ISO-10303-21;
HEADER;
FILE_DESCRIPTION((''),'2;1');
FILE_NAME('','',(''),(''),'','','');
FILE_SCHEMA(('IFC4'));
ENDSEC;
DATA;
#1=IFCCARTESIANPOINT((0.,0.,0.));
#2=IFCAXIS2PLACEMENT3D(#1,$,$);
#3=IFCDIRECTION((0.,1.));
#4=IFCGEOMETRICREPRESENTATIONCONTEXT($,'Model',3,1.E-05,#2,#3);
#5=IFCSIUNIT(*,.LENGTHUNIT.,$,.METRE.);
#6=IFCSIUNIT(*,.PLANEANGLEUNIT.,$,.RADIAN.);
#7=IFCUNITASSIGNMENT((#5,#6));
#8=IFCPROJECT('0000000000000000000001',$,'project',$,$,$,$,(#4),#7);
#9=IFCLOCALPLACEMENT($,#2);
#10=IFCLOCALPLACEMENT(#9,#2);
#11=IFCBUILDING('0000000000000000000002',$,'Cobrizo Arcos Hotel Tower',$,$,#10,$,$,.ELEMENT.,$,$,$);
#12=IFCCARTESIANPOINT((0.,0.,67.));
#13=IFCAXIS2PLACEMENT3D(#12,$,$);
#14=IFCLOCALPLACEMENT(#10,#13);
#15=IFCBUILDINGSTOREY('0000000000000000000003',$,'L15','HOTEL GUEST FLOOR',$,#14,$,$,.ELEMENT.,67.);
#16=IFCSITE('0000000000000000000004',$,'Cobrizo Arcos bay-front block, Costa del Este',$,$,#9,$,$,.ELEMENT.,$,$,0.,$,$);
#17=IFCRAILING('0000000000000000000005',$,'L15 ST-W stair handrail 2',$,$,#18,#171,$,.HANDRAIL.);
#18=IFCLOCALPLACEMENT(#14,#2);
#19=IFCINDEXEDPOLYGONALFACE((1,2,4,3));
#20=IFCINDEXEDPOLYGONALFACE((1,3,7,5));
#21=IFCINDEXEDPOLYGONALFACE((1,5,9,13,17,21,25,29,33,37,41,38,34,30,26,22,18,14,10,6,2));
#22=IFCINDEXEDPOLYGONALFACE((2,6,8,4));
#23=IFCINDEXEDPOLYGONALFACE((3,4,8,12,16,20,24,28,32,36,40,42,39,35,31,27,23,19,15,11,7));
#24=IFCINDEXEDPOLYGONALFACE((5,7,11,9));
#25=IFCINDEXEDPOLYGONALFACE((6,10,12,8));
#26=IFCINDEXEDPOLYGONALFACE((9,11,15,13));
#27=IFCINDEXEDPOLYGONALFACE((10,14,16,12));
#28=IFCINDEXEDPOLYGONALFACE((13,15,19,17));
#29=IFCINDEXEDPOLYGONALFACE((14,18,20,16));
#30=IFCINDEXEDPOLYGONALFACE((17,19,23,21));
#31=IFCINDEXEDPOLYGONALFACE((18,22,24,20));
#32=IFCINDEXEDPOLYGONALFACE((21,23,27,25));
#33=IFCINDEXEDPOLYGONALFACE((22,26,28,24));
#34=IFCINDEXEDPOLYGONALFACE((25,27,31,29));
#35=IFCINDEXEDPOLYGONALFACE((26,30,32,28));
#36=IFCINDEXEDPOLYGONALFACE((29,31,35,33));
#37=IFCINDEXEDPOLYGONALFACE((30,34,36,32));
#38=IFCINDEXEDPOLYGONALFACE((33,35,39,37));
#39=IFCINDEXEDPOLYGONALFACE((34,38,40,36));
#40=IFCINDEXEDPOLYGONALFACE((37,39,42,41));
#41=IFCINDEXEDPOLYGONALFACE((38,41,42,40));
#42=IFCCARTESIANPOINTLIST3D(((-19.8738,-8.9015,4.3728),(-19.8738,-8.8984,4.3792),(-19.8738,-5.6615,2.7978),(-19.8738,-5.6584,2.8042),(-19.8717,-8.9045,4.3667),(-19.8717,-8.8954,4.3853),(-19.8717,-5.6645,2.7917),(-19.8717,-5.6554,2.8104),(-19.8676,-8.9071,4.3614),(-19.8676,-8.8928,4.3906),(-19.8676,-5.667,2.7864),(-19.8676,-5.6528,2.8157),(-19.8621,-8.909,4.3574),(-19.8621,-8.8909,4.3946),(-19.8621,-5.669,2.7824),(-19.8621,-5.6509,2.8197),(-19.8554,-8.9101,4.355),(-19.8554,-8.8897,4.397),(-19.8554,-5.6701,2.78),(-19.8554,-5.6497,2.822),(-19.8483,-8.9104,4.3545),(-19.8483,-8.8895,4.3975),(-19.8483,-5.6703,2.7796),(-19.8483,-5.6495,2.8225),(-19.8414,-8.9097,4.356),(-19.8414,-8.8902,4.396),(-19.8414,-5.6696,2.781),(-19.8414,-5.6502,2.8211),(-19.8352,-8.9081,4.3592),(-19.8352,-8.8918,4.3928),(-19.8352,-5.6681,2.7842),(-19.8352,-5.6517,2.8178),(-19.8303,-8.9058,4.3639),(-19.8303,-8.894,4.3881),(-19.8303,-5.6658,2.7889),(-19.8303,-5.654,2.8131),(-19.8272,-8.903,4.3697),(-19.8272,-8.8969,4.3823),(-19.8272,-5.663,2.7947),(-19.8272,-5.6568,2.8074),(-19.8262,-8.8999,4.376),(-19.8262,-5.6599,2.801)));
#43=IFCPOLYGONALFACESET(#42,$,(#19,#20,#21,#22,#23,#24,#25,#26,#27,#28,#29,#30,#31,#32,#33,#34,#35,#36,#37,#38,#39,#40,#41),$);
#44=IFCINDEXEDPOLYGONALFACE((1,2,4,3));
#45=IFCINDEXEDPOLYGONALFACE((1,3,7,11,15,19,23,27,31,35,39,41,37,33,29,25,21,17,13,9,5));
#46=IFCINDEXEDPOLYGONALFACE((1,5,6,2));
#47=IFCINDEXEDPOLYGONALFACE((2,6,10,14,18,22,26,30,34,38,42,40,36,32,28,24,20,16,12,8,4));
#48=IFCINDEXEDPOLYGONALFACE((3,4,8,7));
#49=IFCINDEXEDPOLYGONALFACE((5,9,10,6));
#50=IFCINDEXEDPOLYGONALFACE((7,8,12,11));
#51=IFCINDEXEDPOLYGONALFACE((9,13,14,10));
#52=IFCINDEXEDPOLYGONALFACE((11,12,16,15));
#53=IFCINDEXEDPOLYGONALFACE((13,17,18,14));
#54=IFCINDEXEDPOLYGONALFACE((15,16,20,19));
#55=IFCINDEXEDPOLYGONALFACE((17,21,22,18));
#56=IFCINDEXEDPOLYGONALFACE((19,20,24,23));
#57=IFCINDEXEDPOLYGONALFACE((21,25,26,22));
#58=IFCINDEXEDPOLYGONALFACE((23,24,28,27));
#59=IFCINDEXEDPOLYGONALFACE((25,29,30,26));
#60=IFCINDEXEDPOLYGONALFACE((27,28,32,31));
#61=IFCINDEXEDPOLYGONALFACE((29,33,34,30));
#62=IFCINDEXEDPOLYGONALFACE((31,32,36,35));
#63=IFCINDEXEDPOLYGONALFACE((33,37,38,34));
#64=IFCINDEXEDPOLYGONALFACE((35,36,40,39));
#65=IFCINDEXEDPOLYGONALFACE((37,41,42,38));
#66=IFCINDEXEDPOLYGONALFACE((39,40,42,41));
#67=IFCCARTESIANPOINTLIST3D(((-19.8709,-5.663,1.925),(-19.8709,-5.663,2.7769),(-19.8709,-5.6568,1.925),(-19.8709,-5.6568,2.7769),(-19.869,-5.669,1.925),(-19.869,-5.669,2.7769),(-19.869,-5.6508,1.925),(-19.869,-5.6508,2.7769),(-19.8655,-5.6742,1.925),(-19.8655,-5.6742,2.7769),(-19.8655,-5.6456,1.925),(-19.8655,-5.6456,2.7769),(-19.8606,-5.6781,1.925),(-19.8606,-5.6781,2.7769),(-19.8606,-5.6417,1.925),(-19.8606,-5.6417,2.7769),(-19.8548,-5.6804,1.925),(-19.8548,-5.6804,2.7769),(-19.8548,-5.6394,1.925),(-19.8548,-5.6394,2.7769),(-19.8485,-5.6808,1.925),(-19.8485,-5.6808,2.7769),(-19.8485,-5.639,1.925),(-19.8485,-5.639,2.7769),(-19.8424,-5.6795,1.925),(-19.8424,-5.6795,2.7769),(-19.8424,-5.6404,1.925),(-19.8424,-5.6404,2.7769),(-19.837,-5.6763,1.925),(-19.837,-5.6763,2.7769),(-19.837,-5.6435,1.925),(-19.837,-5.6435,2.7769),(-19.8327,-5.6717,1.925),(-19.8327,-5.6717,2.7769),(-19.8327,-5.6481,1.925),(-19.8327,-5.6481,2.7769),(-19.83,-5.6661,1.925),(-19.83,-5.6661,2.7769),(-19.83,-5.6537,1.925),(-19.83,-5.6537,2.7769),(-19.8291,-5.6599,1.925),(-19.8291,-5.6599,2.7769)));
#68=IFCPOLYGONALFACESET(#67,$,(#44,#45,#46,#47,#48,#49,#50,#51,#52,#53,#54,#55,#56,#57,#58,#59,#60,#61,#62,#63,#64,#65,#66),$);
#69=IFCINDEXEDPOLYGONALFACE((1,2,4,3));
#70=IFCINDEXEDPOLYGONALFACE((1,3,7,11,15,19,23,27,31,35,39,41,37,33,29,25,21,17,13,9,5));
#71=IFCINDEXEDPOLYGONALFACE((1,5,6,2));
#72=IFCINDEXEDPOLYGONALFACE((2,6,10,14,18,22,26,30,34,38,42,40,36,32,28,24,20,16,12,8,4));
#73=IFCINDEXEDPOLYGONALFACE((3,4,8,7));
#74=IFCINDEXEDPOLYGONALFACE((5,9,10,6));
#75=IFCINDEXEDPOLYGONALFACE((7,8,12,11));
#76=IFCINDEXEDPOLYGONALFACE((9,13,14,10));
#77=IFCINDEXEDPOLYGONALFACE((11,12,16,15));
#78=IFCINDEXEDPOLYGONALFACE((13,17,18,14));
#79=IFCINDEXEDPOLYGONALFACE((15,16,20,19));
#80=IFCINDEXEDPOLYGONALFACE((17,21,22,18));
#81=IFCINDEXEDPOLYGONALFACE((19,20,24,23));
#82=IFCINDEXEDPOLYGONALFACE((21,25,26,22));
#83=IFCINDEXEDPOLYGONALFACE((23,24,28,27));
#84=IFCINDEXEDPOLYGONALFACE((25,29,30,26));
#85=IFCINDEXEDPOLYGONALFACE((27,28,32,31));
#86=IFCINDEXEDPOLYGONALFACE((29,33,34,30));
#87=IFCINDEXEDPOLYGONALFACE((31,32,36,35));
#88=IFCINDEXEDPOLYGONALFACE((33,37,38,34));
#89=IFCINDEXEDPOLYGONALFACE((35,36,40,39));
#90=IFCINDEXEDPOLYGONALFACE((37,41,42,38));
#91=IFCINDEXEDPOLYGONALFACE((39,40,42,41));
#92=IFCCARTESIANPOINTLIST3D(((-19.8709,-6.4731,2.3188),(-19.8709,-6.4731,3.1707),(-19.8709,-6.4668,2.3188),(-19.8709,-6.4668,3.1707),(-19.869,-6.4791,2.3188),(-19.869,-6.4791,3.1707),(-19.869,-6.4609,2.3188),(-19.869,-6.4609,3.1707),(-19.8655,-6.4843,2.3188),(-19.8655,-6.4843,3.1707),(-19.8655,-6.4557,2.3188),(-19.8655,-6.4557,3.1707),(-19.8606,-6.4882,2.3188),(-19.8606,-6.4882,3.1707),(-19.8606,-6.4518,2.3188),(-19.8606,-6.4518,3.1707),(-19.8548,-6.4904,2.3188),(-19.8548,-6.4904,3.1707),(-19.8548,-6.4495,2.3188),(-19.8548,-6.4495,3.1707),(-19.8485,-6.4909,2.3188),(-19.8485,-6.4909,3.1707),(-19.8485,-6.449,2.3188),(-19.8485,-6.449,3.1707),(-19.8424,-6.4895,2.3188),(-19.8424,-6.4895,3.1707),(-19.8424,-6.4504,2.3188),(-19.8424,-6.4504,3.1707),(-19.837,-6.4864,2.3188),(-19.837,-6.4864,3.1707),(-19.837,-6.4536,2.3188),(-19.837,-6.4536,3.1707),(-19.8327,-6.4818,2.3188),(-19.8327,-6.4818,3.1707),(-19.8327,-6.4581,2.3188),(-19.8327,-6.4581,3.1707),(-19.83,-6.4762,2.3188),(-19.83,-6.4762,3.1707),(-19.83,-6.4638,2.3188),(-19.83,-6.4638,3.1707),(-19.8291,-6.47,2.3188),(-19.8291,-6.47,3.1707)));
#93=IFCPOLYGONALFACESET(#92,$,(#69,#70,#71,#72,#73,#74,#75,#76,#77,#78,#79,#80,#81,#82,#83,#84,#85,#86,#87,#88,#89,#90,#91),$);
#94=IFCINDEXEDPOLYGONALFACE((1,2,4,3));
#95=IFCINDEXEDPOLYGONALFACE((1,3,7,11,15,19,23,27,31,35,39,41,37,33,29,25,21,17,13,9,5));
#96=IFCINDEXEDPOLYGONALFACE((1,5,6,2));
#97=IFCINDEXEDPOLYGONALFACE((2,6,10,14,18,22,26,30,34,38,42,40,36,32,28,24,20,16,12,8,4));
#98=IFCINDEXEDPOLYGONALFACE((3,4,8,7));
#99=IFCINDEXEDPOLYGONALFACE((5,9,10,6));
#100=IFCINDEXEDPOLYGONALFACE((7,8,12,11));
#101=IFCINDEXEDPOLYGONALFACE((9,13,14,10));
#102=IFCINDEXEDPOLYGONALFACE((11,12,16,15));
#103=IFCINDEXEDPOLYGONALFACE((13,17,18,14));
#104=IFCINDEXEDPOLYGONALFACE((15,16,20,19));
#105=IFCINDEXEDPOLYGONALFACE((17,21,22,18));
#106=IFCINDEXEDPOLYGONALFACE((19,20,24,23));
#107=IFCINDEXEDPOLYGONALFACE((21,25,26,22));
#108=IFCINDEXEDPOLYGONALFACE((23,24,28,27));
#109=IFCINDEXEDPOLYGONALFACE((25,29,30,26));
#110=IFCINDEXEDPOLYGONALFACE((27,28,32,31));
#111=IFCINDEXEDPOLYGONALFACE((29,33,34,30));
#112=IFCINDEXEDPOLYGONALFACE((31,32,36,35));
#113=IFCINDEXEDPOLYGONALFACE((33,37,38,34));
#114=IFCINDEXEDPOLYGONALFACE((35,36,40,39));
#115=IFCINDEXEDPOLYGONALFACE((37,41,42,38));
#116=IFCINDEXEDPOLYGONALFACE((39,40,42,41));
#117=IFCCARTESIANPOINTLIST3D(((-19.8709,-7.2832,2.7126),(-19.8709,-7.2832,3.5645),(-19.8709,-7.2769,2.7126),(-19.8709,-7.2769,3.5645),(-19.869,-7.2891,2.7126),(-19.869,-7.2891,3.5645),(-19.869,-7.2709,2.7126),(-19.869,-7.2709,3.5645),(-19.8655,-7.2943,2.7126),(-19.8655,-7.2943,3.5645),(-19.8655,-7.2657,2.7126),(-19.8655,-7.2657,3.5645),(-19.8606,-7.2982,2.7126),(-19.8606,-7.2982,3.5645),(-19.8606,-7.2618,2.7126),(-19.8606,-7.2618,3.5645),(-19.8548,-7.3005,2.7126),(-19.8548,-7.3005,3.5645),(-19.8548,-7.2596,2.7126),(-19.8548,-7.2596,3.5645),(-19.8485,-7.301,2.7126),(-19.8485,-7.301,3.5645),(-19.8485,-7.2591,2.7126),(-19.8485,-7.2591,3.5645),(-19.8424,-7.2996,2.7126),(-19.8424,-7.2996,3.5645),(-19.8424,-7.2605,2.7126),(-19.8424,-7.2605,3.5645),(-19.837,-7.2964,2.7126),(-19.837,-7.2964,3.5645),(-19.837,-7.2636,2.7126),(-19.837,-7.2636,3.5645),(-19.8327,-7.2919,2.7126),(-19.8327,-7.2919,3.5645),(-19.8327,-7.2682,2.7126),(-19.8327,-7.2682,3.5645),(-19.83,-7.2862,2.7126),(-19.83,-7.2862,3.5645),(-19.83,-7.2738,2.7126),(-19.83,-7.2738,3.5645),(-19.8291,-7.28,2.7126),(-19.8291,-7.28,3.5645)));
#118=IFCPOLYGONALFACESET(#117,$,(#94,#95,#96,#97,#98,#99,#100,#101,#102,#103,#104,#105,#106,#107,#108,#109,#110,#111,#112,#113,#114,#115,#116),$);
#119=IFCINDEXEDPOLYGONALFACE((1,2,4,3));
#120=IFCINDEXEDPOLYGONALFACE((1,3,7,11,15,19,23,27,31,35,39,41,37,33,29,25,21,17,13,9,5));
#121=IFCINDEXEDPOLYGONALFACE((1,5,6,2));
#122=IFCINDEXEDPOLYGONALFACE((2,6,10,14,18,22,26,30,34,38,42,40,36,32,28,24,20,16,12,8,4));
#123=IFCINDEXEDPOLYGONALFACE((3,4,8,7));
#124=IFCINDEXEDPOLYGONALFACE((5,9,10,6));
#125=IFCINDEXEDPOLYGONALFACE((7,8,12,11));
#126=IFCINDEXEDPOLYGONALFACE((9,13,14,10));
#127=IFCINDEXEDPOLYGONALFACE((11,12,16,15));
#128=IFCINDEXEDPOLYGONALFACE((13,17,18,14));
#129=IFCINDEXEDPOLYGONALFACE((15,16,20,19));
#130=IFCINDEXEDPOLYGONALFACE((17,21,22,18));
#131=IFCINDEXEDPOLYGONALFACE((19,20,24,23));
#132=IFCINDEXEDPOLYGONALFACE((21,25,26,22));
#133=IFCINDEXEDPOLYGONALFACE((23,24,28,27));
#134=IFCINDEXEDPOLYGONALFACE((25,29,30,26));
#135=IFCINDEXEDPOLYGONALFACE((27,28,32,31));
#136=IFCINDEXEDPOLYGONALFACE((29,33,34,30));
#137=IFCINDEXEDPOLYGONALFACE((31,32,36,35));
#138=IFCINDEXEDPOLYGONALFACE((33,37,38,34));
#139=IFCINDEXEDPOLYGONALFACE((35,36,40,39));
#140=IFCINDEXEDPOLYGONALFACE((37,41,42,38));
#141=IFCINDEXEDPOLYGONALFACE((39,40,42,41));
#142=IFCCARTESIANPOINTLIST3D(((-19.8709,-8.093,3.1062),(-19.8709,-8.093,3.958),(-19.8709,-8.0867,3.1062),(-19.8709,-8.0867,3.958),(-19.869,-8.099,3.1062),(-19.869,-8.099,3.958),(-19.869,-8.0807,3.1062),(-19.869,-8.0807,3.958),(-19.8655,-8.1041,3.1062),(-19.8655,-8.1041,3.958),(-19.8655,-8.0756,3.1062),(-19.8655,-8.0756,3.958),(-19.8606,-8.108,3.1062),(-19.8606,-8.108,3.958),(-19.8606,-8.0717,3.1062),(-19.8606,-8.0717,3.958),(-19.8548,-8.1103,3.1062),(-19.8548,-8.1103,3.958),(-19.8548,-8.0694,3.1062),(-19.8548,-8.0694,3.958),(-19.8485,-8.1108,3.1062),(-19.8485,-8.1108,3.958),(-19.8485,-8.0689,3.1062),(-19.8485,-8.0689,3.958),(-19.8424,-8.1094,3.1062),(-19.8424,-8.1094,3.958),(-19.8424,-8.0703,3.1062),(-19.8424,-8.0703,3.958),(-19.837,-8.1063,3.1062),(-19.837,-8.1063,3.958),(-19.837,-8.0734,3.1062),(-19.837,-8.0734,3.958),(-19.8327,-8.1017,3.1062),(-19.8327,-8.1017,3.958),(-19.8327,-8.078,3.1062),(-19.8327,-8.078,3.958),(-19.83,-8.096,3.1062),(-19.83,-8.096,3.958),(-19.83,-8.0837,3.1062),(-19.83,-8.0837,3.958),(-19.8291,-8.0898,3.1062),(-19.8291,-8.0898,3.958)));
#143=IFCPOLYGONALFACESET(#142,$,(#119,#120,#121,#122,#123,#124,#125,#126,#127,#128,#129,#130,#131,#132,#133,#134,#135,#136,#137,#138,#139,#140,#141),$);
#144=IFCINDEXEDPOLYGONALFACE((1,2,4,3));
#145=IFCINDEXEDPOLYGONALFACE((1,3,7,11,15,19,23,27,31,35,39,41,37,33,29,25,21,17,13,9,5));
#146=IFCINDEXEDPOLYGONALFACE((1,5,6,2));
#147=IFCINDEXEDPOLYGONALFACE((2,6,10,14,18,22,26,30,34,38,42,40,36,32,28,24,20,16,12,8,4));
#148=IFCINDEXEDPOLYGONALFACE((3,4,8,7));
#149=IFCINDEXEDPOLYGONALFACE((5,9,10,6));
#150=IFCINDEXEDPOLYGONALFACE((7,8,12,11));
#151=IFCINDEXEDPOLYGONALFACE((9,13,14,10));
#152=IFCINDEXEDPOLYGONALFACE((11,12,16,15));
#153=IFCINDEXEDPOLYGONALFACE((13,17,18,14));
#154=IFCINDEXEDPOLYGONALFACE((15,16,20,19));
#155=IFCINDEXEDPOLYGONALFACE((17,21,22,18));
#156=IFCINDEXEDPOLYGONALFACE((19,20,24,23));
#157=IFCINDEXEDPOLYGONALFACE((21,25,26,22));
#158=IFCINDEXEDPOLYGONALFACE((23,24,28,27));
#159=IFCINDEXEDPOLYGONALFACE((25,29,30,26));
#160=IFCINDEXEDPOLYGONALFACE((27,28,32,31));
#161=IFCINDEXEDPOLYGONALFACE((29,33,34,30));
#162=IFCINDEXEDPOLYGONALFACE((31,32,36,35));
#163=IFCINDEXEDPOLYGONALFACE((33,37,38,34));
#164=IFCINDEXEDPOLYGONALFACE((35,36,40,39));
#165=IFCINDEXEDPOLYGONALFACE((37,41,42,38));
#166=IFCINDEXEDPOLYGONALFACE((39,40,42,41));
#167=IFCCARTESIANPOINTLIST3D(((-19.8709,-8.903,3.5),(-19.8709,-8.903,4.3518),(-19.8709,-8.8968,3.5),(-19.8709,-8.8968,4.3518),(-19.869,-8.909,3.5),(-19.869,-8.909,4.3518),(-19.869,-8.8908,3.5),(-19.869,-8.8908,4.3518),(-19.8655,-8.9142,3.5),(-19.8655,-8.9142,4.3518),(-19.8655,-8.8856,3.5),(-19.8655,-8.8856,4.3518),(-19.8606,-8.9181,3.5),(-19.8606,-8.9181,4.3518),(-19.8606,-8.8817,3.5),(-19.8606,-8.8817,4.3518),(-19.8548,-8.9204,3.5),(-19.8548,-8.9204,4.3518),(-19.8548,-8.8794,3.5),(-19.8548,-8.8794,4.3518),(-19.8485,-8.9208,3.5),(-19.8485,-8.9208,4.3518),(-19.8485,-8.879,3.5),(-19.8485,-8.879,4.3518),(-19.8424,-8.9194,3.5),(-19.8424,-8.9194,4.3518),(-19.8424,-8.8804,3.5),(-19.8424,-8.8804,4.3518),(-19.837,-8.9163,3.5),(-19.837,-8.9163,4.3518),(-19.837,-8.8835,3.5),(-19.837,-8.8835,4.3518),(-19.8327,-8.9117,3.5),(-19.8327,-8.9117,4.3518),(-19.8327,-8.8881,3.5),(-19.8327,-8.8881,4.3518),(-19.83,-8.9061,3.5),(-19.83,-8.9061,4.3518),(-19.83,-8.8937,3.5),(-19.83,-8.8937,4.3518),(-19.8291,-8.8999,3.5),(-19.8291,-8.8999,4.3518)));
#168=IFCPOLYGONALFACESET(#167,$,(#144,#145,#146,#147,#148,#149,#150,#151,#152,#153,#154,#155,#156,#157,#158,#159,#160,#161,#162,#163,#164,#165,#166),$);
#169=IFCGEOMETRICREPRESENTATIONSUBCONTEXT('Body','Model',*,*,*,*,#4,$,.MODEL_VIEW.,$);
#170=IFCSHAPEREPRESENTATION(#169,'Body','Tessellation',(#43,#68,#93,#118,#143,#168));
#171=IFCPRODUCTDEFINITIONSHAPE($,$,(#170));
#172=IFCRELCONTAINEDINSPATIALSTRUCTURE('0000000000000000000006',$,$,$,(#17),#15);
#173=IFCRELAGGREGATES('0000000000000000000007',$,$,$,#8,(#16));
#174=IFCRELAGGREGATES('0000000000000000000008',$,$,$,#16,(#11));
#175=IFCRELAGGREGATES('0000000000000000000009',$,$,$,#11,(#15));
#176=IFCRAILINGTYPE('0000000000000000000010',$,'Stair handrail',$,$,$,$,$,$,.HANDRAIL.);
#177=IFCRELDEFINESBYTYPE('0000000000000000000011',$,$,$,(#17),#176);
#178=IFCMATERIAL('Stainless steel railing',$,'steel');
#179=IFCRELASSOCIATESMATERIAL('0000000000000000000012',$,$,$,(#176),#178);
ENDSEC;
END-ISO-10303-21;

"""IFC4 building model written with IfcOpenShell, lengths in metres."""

from ifc_helpers import new_model, si_unit, direction, frame, origin, origin_2d, place, context, subcontext, project, spatial, circle, extrude, material, type_object, element, save


model = new_model("IFC4")

# Units and contexts
model_context = context("Model", 3, precision=1e-05, world=origin(), true_north=direction((0.0, 1.0)))
body_context = subcontext(model_context, "Body", "Model", "MODEL_VIEW")
ifc_project = project(units=[si_unit("LENGTHUNIT", "METRE"), si_unit("PLANEANGLEUNIT", "RADIAN")], contexts=[model_context])

# Site, building, storey
site_placement = place(None, origin())
site = spatial("IfcSite", under=ifc_project, at=site_placement, Name="Cobrizo Arcos bay-front block, Costa del Este", CompositionType="ELEMENT", RefElevation=0.0)
building_placement = place(site_placement, origin())
building = spatial("IfcBuilding", under=site, at=building_placement, Name="Cobrizo Arcos Hotel Tower", CompositionType="ELEMENT")
storey_placement = place(building_placement, frame((0.0, 0.0, 67.0)))
storey = spatial("IfcBuildingStorey", under=building, at=storey_placement, Name="L15", Description="HOTEL GUEST FLOOR", CompositionType="ELEMENT", Elevation=67.0)

# Railing
ifc_material_1 = material(Name="Stainless steel railing", Category="steel")
railing_type_1 = type_object("IfcRailingType", Name="Stair handrail", PredefinedType="HANDRAIL", material=ifc_material_1)
railing_1_placement = place(storey_placement, frame((-19.8501, -5.6599, 1.925)))
element("IfcRailing", 1, at=railing_1_placement, inside=storey, type_object=railing_type_1, Name="L15 ST-W stair handrail 2", PredefinedType="HANDRAIL", context=body_context, shape_type="SweptSolid", body=[
    extrude(circle(Radius=0.0239, at=origin_2d()), frame((0.0, 0.0, 0.876), z_axis=(0.0, -0.899373, 0.437183), x_axis=(1.0, 0.0, 0.0)), (0.0, 0.0, 1.0), 3.6025),
    extrude(circle(Radius=0.021, at=origin_2d()), origin(), (0.0, 0.0, 1.0), 0.8518),
    extrude(circle(Radius=0.021, at=origin_2d()), frame((0.0, -0.8101, 0.3938)), (0.0, 0.0, 1.0), 0.8518),
    extrude(circle(Radius=0.021, at=origin_2d()), frame((0.0, -1.6201, 0.7876)), (0.0, 0.0, 1.0), 0.8518),
    extrude(circle(Radius=0.021, at=origin_2d()), frame((0.0, -2.4299, 1.1812)), (0.0, 0.0, 1.0), 0.8518),
    extrude(circle(Radius=0.021, at=origin_2d()), frame((0.0, -3.24, 1.575)), (0.0, 0.0, 1.0), 0.8518),
])

save(model, "model.ifc")
